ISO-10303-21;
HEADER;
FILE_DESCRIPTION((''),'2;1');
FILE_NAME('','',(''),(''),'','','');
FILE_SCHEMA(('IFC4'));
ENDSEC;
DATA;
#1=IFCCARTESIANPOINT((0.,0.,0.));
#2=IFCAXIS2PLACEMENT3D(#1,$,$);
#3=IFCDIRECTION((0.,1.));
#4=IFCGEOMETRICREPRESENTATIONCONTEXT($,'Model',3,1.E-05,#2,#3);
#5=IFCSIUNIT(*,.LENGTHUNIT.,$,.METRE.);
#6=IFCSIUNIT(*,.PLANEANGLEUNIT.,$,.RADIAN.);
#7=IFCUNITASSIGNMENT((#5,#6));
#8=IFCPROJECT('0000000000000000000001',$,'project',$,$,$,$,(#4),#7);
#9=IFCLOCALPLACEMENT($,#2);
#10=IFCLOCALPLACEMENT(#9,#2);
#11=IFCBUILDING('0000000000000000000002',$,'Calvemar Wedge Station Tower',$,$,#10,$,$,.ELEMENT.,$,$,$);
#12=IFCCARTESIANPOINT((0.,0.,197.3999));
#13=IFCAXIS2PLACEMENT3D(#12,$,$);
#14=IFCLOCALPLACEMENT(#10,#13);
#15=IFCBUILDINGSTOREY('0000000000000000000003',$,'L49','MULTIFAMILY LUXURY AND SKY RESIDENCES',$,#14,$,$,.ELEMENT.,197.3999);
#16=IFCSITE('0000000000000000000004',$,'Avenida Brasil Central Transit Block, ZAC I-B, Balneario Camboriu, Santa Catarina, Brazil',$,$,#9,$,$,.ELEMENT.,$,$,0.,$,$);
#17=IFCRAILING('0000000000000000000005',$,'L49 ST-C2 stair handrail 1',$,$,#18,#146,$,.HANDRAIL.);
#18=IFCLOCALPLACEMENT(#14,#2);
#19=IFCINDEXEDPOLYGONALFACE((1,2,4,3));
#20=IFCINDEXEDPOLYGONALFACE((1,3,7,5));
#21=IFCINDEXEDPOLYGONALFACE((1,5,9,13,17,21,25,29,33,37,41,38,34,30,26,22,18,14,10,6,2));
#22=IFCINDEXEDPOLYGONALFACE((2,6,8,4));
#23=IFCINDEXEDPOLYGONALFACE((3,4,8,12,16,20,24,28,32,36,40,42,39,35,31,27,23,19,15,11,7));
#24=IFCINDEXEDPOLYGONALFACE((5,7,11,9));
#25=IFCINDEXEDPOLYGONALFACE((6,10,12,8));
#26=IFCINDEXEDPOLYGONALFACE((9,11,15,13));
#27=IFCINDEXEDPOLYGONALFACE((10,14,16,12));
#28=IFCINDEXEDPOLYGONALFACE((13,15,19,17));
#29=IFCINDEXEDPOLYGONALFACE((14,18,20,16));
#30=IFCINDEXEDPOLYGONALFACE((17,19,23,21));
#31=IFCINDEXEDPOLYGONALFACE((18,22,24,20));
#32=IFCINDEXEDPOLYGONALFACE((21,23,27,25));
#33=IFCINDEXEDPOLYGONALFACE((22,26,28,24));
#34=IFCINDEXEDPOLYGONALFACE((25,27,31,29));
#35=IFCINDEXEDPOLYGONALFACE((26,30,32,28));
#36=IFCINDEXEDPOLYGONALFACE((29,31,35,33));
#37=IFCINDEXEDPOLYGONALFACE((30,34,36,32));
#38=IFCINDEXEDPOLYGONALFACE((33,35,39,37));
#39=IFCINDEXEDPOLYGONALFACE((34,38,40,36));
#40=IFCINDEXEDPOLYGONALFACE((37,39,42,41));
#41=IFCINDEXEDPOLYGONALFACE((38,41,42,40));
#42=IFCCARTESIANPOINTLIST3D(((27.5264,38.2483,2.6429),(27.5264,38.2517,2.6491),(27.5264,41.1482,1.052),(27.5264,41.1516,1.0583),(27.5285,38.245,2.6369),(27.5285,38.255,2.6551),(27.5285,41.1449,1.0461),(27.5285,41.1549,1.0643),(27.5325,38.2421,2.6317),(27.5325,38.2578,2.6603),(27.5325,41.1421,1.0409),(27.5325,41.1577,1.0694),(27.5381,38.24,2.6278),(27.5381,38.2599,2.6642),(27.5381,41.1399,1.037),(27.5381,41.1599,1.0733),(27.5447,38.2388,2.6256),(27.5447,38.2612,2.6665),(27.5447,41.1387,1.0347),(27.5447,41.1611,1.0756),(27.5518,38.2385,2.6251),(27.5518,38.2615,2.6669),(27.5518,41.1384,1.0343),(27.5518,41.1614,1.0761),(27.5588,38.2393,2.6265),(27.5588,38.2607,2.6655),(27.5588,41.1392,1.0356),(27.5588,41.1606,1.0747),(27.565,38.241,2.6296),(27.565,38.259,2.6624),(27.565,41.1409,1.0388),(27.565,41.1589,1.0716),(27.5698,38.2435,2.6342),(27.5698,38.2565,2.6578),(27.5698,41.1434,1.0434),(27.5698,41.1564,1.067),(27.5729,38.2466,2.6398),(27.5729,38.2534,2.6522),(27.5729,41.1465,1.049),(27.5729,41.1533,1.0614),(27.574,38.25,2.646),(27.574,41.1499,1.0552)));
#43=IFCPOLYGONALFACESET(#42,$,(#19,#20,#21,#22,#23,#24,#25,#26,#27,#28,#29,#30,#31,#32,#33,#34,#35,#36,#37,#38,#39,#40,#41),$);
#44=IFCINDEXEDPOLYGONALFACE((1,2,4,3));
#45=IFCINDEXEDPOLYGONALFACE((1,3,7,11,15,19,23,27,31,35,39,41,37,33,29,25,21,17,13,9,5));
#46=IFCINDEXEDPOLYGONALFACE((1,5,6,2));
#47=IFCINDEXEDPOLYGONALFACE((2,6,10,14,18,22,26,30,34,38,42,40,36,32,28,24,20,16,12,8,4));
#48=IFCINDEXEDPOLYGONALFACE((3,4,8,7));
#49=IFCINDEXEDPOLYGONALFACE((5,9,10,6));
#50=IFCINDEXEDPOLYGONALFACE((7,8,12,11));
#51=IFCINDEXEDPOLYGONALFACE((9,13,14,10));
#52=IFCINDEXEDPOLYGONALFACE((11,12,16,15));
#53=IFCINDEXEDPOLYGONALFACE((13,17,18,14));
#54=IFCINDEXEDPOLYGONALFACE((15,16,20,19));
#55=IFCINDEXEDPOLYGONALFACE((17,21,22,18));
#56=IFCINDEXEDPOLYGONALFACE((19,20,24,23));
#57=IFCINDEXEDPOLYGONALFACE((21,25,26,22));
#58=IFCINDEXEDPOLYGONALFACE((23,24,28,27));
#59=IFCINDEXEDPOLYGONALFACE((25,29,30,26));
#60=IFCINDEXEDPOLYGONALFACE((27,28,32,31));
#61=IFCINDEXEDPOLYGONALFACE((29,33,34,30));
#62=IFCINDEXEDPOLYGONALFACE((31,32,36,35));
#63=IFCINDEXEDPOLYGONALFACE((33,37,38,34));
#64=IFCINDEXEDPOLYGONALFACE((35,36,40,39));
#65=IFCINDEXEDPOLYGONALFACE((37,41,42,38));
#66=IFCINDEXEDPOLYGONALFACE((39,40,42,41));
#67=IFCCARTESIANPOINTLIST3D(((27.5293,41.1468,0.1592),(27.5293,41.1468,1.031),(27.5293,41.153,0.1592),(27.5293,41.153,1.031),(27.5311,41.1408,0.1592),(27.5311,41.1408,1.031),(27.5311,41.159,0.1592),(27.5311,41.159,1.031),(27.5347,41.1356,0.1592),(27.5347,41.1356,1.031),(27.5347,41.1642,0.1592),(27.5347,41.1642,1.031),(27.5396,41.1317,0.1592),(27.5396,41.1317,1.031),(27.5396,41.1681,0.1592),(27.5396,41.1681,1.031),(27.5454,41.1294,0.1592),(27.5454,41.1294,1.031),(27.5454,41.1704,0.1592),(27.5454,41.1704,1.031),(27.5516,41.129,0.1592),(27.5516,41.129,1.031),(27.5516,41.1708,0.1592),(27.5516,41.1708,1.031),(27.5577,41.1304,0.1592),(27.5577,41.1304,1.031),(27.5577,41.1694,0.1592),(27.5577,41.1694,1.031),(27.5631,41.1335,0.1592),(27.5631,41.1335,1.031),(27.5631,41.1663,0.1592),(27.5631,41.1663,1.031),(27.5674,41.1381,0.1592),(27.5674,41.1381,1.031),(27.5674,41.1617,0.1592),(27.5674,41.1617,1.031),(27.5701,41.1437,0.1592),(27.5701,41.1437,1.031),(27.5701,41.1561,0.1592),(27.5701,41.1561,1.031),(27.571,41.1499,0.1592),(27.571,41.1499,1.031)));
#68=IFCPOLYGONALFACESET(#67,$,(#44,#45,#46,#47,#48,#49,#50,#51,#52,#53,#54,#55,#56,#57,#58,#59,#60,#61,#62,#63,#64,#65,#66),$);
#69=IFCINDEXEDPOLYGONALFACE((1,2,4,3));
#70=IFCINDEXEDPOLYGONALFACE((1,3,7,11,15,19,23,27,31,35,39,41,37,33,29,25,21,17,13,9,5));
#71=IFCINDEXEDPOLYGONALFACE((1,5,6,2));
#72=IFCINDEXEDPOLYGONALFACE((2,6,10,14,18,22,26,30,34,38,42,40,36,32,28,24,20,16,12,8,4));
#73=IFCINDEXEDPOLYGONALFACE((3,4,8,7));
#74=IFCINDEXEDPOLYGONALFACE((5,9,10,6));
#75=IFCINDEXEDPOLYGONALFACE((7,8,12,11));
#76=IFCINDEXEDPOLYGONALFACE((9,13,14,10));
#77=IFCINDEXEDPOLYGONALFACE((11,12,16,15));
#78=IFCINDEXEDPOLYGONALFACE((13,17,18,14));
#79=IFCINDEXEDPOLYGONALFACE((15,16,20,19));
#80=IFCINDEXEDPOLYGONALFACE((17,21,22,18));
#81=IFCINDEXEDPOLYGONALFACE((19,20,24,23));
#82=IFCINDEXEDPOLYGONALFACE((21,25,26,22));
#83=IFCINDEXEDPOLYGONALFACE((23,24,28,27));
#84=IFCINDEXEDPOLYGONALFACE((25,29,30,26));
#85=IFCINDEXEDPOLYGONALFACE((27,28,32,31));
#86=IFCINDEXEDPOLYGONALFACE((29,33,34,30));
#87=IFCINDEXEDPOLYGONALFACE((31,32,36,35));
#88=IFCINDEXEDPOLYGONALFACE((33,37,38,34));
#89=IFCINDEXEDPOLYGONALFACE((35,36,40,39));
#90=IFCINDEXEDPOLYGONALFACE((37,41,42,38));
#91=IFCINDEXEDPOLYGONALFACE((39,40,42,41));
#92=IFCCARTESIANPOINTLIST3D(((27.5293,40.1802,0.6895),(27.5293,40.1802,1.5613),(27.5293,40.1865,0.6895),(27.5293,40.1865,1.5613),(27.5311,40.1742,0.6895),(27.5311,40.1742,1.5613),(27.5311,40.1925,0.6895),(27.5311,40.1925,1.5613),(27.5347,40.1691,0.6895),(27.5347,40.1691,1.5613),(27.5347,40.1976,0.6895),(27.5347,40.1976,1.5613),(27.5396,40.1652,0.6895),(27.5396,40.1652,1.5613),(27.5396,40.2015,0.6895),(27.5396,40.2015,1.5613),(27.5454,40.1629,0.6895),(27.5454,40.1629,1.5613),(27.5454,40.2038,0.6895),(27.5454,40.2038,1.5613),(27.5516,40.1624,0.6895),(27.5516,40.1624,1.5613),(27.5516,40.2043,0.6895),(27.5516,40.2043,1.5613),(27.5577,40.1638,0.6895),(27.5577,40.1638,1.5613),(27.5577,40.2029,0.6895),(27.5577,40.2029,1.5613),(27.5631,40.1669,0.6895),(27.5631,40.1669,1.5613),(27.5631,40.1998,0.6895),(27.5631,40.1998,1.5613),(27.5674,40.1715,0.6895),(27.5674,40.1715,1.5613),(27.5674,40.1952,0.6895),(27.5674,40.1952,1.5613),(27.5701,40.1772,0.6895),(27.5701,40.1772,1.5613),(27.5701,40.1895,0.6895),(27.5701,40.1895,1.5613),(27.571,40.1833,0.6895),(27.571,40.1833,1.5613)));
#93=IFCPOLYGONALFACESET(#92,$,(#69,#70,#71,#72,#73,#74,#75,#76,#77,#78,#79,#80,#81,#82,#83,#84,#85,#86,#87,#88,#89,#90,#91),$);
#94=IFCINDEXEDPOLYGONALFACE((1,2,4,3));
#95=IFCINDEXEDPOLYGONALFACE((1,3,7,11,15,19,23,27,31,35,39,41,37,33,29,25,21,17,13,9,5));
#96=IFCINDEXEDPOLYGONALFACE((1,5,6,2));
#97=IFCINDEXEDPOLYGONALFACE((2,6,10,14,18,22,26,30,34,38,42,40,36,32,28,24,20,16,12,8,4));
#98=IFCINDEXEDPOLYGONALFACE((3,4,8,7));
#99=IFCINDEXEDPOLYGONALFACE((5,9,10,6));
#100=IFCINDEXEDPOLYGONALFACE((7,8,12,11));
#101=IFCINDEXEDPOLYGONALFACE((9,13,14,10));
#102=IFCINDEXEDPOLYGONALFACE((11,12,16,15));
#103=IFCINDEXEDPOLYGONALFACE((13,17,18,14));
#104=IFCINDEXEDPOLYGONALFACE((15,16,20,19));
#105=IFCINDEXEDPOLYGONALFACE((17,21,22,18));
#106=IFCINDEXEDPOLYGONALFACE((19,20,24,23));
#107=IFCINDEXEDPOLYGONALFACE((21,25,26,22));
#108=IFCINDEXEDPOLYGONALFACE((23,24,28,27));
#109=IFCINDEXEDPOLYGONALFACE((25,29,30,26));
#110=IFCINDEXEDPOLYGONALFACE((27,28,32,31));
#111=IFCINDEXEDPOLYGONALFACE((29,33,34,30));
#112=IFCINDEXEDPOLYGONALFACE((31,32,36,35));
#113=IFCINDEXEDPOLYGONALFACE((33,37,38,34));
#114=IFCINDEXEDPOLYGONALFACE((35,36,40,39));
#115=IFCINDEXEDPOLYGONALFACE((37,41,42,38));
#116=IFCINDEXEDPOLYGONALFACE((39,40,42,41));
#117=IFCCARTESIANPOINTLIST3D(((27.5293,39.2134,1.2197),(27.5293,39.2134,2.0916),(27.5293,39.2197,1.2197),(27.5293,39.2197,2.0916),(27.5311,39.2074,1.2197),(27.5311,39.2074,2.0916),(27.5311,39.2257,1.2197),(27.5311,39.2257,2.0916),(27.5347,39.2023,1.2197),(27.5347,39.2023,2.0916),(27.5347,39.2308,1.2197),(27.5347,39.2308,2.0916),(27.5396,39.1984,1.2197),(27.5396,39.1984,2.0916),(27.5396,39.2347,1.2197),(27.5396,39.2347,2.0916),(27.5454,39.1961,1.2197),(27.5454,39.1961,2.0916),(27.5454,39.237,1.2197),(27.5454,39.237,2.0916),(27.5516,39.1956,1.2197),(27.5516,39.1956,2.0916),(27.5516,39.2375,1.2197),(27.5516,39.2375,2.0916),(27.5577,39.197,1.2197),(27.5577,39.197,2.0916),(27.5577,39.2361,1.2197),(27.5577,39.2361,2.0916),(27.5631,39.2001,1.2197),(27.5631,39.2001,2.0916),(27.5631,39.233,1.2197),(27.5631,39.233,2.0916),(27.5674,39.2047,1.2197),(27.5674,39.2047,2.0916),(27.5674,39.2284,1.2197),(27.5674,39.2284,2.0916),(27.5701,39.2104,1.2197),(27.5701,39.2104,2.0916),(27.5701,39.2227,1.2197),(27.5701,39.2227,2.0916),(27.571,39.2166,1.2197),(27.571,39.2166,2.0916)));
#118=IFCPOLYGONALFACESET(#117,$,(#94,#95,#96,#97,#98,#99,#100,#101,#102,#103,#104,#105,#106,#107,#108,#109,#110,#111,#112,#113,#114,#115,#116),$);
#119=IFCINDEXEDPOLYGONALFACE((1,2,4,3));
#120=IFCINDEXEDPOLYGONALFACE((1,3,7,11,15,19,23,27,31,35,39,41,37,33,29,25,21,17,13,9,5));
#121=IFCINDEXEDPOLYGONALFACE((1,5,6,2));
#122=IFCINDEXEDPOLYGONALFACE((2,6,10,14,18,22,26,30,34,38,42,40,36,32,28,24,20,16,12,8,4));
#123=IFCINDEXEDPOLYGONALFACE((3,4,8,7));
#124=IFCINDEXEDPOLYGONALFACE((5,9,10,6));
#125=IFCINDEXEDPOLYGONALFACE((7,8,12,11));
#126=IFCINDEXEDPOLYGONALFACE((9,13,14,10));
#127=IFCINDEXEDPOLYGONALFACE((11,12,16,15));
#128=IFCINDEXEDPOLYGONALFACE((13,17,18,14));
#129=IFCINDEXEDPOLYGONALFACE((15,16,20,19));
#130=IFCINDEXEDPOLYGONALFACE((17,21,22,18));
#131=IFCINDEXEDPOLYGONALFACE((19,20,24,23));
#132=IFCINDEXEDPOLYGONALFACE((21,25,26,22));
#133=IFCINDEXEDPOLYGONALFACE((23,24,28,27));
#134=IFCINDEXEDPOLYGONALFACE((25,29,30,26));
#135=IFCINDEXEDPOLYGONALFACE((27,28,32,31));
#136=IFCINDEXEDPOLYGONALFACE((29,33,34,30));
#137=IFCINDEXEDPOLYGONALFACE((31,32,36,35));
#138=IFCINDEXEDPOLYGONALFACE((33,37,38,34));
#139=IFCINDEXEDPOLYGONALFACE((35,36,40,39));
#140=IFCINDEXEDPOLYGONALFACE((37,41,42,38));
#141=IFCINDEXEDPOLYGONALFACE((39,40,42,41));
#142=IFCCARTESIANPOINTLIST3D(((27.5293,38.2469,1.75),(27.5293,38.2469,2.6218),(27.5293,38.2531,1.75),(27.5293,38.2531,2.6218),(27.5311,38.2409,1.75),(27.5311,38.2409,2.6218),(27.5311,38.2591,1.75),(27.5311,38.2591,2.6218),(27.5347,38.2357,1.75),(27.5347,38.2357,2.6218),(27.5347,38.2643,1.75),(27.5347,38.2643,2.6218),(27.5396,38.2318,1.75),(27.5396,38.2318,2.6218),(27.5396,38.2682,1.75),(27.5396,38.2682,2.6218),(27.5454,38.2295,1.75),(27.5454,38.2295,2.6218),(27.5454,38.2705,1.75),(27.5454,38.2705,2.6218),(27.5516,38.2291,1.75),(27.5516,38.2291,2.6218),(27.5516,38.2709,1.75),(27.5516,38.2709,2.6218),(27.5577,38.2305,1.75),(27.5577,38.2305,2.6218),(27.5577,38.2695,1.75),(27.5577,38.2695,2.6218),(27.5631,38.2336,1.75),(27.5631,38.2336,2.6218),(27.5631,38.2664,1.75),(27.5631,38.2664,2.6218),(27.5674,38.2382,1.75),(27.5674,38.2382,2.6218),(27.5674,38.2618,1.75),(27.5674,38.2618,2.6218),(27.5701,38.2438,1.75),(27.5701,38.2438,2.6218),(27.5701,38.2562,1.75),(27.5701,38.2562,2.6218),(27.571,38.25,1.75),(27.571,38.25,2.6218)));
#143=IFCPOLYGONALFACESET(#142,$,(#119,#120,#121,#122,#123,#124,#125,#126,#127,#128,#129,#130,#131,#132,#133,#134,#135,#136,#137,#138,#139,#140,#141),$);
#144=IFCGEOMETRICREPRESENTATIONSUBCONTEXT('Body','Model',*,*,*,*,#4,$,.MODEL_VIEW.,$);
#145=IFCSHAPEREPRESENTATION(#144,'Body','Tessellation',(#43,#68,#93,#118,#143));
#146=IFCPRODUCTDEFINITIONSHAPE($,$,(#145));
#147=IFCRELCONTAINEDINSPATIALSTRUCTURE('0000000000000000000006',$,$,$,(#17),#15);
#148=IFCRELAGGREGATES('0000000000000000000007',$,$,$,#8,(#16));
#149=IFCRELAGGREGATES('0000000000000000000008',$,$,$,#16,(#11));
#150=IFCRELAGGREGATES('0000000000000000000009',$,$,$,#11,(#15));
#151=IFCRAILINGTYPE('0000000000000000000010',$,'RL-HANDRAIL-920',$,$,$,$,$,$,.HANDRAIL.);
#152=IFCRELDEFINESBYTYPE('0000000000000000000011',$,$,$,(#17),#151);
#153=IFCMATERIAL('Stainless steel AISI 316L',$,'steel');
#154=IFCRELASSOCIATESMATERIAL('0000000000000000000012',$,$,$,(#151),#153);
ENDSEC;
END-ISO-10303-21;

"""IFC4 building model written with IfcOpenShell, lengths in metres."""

from ifc_helpers import new_model, si_unit, direction, frame, origin, origin_2d, place, context, subcontext, project, spatial, circle, extrude, material, type_object, element, save


model = new_model("IFC4")

# Units and contexts
model_context = context("Model", 3, precision=1e-05, world=origin(), true_north=direction((0.0, 1.0)))
body_context = subcontext(model_context, "Body", "Model", "MODEL_VIEW")
ifc_project = project(units=[si_unit("LENGTHUNIT", "METRE"), si_unit("PLANEANGLEUNIT", "RADIAN")], contexts=[model_context])

# Site, building, storey
site_placement = place(None, origin())
site = spatial("IfcSite", under=ifc_project, at=site_placement, Name="Avenida Brasil Central Transit Block, ZAC I-B, Balneario Camboriu, Santa Catarina, Brazil", CompositionType="ELEMENT", RefElevation=0.0)
building_placement = place(site_placement, origin())
building = spatial("IfcBuilding", under=site, at=building_placement, Name="Calvemar Wedge Station Tower", CompositionType="ELEMENT")
storey_placement = place(building_placement, frame((0.0, 0.0, 197.3999)))
storey = spatial("IfcBuildingStorey", under=building, at=storey_placement, Name="L49", Description="MULTIFAMILY LUXURY AND SKY RESIDENCES", CompositionType="ELEMENT", Elevation=197.3999)

# Railing
ifc_material_1 = material(Name="Stainless steel AISI 316L", Category="steel")
railing_type_1 = type_object("IfcRailingType", Name="RL-HANDRAIL-920", PredefinedType="HANDRAIL", material=ifc_material_1)
railing_1_placement = place(storey_placement, frame((27.55, 41.1499, 0.1592)))
element("IfcRailing", 1, at=railing_1_placement, inside=storey, type_object=railing_type_1, Name="L49 ST-C2 stair handrail 1", PredefinedType="HANDRAIL", context=body_context, shape_type="SweptSolid", body=[
    extrude(circle(Radius=0.0239, at=origin_2d()), frame((0.0, 0.0, 0.896), z_axis=(0.0, -0.876742, 0.480961), x_axis=(1.0, 0.0, 0.0)), (0.0, 0.0, 1.0), 3.3076),
    extrude(circle(Radius=0.021, at=origin_2d()), origin(), (0.0, 0.0, 1.0), 0.8718),
    extrude(circle(Radius=0.021, at=origin_2d()), frame((0.0, -0.9666, 0.5303)), (0.0, 0.0, 1.0), 0.8718),
    extrude(circle(Radius=0.021, at=origin_2d()), frame((0.0, -1.9333, 1.0605)), (0.0, 0.0, 1.0), 0.8718),
    extrude(circle(Radius=0.021, at=origin_2d()), frame((0.0, -2.8999, 1.5908)), (0.0, 0.0, 1.0), 0.8718),
])

save(model, "model.ifc")
